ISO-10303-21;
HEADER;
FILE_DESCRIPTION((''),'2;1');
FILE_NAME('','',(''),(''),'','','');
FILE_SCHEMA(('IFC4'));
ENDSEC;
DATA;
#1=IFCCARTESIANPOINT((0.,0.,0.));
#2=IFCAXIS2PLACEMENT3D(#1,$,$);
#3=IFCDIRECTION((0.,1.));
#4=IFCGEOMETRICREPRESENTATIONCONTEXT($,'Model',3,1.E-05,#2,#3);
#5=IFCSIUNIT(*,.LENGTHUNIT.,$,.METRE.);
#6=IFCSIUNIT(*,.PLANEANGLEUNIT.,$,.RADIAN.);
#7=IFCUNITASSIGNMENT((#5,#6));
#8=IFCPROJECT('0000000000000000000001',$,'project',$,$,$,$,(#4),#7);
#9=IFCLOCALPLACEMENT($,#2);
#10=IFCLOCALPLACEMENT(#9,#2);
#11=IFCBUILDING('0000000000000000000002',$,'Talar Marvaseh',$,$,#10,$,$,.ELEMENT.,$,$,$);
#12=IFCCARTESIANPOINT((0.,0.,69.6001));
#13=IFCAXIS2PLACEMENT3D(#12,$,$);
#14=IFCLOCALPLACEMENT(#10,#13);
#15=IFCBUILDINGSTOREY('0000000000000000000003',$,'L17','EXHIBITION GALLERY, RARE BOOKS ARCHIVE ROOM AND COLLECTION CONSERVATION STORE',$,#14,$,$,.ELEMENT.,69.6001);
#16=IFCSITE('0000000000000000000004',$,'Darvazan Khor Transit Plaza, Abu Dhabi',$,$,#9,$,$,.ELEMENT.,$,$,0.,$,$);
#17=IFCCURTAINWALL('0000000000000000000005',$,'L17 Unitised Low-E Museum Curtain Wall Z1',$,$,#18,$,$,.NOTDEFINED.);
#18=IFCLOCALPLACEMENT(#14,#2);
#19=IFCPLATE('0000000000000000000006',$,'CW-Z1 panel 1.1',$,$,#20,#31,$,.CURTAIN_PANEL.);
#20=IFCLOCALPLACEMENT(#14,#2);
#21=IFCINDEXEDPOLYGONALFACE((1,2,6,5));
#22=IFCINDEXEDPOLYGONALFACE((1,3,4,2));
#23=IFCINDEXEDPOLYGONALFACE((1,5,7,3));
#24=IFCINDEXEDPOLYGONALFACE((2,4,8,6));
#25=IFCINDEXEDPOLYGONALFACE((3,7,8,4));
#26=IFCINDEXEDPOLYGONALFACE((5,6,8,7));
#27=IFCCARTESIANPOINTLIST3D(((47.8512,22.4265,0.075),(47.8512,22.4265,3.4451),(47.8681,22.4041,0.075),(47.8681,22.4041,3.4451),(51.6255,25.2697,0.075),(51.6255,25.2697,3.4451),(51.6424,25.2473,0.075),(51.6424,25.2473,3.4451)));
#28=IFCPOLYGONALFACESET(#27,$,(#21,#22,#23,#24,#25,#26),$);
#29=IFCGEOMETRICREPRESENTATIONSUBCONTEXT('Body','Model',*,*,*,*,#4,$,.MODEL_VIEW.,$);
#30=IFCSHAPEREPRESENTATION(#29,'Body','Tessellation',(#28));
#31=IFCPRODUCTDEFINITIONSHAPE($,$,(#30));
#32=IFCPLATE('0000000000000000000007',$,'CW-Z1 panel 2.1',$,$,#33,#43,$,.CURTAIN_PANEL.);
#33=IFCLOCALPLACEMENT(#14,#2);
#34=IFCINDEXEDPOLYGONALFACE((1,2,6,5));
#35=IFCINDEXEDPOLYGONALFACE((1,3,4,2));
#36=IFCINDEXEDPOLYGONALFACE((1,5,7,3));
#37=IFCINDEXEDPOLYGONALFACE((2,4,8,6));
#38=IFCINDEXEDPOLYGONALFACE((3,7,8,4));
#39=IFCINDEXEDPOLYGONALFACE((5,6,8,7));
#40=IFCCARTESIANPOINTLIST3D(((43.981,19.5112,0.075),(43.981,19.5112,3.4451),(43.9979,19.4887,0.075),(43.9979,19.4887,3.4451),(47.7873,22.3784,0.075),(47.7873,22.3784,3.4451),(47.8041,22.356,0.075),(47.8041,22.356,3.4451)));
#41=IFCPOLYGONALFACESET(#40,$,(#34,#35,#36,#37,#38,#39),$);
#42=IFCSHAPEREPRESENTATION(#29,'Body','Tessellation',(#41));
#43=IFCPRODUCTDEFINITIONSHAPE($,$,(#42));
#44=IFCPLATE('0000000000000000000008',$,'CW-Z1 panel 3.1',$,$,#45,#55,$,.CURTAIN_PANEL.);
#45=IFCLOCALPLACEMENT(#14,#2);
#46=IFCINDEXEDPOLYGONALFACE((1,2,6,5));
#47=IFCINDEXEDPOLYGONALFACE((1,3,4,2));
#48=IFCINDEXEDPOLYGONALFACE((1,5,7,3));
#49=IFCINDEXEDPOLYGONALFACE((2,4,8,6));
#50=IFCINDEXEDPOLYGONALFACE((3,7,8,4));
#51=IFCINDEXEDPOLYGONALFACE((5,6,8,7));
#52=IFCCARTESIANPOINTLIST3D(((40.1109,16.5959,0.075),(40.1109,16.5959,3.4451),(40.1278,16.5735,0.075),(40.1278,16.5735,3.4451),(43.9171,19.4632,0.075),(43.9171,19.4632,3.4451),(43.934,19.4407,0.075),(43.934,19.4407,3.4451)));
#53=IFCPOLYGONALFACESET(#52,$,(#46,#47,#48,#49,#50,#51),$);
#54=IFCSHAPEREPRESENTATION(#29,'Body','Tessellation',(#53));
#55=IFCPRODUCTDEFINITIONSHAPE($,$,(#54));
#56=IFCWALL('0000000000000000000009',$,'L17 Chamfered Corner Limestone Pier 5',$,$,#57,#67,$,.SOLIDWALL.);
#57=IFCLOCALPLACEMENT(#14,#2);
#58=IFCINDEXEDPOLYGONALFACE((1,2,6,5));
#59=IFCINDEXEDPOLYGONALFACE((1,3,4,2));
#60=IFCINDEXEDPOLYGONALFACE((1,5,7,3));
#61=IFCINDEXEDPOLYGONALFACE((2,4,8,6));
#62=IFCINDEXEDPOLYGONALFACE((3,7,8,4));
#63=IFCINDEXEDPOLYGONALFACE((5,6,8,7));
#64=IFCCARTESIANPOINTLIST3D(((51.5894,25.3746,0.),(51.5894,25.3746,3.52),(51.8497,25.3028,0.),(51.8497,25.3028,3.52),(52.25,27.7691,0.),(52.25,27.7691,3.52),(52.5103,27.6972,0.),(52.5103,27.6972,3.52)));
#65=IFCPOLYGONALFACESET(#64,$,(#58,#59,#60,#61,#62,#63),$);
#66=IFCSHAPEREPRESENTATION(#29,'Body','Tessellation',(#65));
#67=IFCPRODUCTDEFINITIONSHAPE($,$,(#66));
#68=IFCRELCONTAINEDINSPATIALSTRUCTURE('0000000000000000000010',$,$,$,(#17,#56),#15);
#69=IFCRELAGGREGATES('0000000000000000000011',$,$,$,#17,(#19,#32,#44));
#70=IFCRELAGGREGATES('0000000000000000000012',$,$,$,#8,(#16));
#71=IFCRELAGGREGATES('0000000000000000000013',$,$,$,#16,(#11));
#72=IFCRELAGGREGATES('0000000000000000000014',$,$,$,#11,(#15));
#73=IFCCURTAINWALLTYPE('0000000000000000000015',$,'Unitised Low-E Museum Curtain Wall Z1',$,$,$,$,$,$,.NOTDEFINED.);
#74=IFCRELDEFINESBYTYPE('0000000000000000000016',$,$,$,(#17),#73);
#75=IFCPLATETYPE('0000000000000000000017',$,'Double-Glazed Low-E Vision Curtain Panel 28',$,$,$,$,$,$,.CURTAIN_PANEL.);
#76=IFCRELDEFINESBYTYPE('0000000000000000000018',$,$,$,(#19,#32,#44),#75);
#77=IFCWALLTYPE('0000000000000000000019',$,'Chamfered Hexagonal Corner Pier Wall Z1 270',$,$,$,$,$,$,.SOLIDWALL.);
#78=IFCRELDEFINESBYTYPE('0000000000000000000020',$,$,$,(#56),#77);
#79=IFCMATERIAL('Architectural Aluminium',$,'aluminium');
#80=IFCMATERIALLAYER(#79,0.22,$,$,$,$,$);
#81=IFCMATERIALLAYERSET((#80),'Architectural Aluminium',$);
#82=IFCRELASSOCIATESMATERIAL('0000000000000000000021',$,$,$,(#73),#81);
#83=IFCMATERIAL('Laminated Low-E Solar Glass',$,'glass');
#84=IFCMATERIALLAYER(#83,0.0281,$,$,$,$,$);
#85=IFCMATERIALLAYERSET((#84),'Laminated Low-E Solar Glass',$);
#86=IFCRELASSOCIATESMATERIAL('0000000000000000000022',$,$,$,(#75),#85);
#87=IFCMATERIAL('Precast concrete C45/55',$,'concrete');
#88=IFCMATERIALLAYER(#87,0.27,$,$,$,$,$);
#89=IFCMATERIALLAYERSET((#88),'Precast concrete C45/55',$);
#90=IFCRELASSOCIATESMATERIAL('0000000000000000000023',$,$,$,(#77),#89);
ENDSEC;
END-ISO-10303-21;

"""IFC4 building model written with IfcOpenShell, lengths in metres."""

from ifc_helpers import new_model, si_unit, direction, frame, frame_2d, origin, origin_2d, place, context, subcontext, project, spatial, rectangle, extrude, source, transform, mapped, material, layer, layer_set, type_object, element, aggregate, save


model = new_model("IFC4")

# Units and contexts
model_context = context("Model", 3, precision=1e-05, world=origin(), true_north=direction((0.0, 1.0)))
body_context = subcontext(model_context, "Body", "Model", "MODEL_VIEW")
ifc_project = project(units=[si_unit("LENGTHUNIT", "METRE"), si_unit("PLANEANGLEUNIT", "RADIAN")], contexts=[model_context])

# Site, building, storey
site_placement = place(None, origin())
site = spatial("IfcSite", under=ifc_project, at=site_placement, Name="Darvazan Khor Transit Plaza, Abu Dhabi", CompositionType="ELEMENT", RefElevation=0.0)
building_placement = place(site_placement, origin())
building = spatial("IfcBuilding", under=site, at=building_placement, Name="Talar Marvaseh", CompositionType="ELEMENT")
storey_placement = place(building_placement, frame((0.0, 0.0, 69.6001)))
storey = spatial("IfcBuildingStorey", under=building, at=storey_placement, Name="L17", Description="EXHIBITION GALLERY, RARE BOOKS ARCHIVE ROOM AND COLLECTION CONSERVATION STORE", CompositionType="ELEMENT", Elevation=69.6001)

# Shared definitions
ifc_material_1 = material(Name="Architectural Aluminium", Category="aluminium")
ifc_layer_1 = layer(ifc_material_1, 0.22)
ifc_layer_set_1 = layer_set([ifc_layer_1], Name="Architectural Aluminium")
curtain_wall_type = type_object("IfcCurtainWallType", Name="Unitised Low-E Museum Curtain Wall Z1", PredefinedType="NOTDEFINED", material=ifc_layer_set_1)

# Curtain wall
curtain_wall_1_placement = place(storey_placement, origin())
curtain_wall_1 = element("IfcCurtainWall", 1, at=curtain_wall_1_placement, inside=storey, type_object=curtain_wall_type, Name="L17 Unitised Low-E Museum Curtain Wall Z1", PredefinedType="NOTDEFINED")

# Plates
ifc_material_2 = material(Name="Laminated Low-E Solar Glass", Category="glass")
ifc_layer_2 = layer(ifc_material_2, 0.0281)
ifc_layer_set_2 = layer_set([ifc_layer_2], Name="Laminated Low-E Solar Glass")
plate_type = type_object("IfcPlateType", Name="Double-Glazed Low-E Vision Curtain Panel 28", PredefinedType="CURTAIN_PANEL", material=ifc_layer_set_2)
shared_shape_1 = source(origin(), body_context, "Body", "SweptSolid", [
    extrude(rectangle(XDim=4.7253, YDim=0.0281, at=origin_2d()), origin(), (0.0, 0.0, 1.0), 3.3701),
])
plate_1_placement = place(storey_placement, frame((49.7468, 23.8369, 0.075), z_axis=(0.0, 0.0, 1.0), x_axis=(-0.798729, -0.601691, 0.0)))
plate_1 = element("IfcPlate", 2, at=plate_1_placement, type_object=plate_type, Name="CW-Z1 panel 1.1", PredefinedType="CURTAIN_PANEL", context=body_context, shape_type="MappedRepresentation", body=[
    mapped(shared_shape_1, transform((0.0, 0.0, 0.0), x_axis=(1.0, 0.0, 0.0), y_axis=(0.0, 1.0, 0.0), z_axis=(0.0, 0.0, 1.0), scale=1.0)),
])
shared_shape_2 = source(origin(), body_context, "Body", "SweptSolid", [
    extrude(rectangle(XDim=4.7654, YDim=0.0281, at=origin_2d()), origin(), (0.0, 0.0, 1.0), 3.3701),
])
plate_2_placement = place(storey_placement, frame((45.8926, 20.9336, 0.075), z_axis=(0.0, 0.0, 1.0), x_axis=(-0.798729, -0.601691, 0.0)))
plate_2 = element("IfcPlate", 3, at=plate_2_placement, type_object=plate_type, Name="CW-Z1 panel 2.1", PredefinedType="CURTAIN_PANEL", context=body_context, shape_type="MappedRepresentation", body=[
    mapped(shared_shape_2, transform((0.0, 0.0, 0.0), x_axis=(1.0, 0.0, 0.0), y_axis=(0.0, 1.0, 0.0), z_axis=(0.0, 0.0, 1.0), scale=1.0)),
])
plate_3_placement = place(storey_placement, frame((42.0225, 18.0183, 0.075), z_axis=(0.0, 0.0, 1.0), x_axis=(-0.798729, -0.601691, 0.0)))
plate_3 = element("IfcPlate", 4, at=plate_3_placement, type_object=plate_type, Name="CW-Z1 panel 3.1", PredefinedType="CURTAIN_PANEL", context=body_context, shape_type="MappedRepresentation", body=[
    mapped(shared_shape_2, transform((0.0, 0.0, 0.0), x_axis=(1.0, 0.0, 0.0), y_axis=(0.0, 1.0, 0.0), z_axis=(0.0, 0.0, 1.0), scale=1.0)),
])
aggregate(curtain_wall_1, [plate_1, plate_2, plate_3])

# Wall
ifc_material_3 = material(Name="Precast concrete C45/55", Category="concrete")
ifc_layer_3 = layer(ifc_material_3, 0.27)
ifc_layer_set_3 = layer_set([ifc_layer_3], Name="Precast concrete C45/55")
wall_type = type_object("IfcWallType", Name="Chamfered Hexagonal Corner Pier Wall Z1 270", PredefinedType="SOLIDWALL", material=ifc_layer_set_3)
wall_placement = place(storey_placement, frame((52.3801, 27.7332, 0.0), z_axis=(0.0, 0.0, 1.0), x_axis=(-0.26596, -0.963984, 0.0)))
element("IfcWall", 5, at=wall_placement, inside=storey, type_object=wall_type, Name="L17 Chamfered Corner Limestone Pier 5", PredefinedType="SOLIDWALL", context=body_context, shape_type="SweptSolid", body=[
    extrude(rectangle(XDim=2.4839, YDim=0.27, at=frame_2d((1.2419, 0.0))), origin(), (0.0, 0.0, 1.0), 3.52),
])

save(model, "model.ifc")
